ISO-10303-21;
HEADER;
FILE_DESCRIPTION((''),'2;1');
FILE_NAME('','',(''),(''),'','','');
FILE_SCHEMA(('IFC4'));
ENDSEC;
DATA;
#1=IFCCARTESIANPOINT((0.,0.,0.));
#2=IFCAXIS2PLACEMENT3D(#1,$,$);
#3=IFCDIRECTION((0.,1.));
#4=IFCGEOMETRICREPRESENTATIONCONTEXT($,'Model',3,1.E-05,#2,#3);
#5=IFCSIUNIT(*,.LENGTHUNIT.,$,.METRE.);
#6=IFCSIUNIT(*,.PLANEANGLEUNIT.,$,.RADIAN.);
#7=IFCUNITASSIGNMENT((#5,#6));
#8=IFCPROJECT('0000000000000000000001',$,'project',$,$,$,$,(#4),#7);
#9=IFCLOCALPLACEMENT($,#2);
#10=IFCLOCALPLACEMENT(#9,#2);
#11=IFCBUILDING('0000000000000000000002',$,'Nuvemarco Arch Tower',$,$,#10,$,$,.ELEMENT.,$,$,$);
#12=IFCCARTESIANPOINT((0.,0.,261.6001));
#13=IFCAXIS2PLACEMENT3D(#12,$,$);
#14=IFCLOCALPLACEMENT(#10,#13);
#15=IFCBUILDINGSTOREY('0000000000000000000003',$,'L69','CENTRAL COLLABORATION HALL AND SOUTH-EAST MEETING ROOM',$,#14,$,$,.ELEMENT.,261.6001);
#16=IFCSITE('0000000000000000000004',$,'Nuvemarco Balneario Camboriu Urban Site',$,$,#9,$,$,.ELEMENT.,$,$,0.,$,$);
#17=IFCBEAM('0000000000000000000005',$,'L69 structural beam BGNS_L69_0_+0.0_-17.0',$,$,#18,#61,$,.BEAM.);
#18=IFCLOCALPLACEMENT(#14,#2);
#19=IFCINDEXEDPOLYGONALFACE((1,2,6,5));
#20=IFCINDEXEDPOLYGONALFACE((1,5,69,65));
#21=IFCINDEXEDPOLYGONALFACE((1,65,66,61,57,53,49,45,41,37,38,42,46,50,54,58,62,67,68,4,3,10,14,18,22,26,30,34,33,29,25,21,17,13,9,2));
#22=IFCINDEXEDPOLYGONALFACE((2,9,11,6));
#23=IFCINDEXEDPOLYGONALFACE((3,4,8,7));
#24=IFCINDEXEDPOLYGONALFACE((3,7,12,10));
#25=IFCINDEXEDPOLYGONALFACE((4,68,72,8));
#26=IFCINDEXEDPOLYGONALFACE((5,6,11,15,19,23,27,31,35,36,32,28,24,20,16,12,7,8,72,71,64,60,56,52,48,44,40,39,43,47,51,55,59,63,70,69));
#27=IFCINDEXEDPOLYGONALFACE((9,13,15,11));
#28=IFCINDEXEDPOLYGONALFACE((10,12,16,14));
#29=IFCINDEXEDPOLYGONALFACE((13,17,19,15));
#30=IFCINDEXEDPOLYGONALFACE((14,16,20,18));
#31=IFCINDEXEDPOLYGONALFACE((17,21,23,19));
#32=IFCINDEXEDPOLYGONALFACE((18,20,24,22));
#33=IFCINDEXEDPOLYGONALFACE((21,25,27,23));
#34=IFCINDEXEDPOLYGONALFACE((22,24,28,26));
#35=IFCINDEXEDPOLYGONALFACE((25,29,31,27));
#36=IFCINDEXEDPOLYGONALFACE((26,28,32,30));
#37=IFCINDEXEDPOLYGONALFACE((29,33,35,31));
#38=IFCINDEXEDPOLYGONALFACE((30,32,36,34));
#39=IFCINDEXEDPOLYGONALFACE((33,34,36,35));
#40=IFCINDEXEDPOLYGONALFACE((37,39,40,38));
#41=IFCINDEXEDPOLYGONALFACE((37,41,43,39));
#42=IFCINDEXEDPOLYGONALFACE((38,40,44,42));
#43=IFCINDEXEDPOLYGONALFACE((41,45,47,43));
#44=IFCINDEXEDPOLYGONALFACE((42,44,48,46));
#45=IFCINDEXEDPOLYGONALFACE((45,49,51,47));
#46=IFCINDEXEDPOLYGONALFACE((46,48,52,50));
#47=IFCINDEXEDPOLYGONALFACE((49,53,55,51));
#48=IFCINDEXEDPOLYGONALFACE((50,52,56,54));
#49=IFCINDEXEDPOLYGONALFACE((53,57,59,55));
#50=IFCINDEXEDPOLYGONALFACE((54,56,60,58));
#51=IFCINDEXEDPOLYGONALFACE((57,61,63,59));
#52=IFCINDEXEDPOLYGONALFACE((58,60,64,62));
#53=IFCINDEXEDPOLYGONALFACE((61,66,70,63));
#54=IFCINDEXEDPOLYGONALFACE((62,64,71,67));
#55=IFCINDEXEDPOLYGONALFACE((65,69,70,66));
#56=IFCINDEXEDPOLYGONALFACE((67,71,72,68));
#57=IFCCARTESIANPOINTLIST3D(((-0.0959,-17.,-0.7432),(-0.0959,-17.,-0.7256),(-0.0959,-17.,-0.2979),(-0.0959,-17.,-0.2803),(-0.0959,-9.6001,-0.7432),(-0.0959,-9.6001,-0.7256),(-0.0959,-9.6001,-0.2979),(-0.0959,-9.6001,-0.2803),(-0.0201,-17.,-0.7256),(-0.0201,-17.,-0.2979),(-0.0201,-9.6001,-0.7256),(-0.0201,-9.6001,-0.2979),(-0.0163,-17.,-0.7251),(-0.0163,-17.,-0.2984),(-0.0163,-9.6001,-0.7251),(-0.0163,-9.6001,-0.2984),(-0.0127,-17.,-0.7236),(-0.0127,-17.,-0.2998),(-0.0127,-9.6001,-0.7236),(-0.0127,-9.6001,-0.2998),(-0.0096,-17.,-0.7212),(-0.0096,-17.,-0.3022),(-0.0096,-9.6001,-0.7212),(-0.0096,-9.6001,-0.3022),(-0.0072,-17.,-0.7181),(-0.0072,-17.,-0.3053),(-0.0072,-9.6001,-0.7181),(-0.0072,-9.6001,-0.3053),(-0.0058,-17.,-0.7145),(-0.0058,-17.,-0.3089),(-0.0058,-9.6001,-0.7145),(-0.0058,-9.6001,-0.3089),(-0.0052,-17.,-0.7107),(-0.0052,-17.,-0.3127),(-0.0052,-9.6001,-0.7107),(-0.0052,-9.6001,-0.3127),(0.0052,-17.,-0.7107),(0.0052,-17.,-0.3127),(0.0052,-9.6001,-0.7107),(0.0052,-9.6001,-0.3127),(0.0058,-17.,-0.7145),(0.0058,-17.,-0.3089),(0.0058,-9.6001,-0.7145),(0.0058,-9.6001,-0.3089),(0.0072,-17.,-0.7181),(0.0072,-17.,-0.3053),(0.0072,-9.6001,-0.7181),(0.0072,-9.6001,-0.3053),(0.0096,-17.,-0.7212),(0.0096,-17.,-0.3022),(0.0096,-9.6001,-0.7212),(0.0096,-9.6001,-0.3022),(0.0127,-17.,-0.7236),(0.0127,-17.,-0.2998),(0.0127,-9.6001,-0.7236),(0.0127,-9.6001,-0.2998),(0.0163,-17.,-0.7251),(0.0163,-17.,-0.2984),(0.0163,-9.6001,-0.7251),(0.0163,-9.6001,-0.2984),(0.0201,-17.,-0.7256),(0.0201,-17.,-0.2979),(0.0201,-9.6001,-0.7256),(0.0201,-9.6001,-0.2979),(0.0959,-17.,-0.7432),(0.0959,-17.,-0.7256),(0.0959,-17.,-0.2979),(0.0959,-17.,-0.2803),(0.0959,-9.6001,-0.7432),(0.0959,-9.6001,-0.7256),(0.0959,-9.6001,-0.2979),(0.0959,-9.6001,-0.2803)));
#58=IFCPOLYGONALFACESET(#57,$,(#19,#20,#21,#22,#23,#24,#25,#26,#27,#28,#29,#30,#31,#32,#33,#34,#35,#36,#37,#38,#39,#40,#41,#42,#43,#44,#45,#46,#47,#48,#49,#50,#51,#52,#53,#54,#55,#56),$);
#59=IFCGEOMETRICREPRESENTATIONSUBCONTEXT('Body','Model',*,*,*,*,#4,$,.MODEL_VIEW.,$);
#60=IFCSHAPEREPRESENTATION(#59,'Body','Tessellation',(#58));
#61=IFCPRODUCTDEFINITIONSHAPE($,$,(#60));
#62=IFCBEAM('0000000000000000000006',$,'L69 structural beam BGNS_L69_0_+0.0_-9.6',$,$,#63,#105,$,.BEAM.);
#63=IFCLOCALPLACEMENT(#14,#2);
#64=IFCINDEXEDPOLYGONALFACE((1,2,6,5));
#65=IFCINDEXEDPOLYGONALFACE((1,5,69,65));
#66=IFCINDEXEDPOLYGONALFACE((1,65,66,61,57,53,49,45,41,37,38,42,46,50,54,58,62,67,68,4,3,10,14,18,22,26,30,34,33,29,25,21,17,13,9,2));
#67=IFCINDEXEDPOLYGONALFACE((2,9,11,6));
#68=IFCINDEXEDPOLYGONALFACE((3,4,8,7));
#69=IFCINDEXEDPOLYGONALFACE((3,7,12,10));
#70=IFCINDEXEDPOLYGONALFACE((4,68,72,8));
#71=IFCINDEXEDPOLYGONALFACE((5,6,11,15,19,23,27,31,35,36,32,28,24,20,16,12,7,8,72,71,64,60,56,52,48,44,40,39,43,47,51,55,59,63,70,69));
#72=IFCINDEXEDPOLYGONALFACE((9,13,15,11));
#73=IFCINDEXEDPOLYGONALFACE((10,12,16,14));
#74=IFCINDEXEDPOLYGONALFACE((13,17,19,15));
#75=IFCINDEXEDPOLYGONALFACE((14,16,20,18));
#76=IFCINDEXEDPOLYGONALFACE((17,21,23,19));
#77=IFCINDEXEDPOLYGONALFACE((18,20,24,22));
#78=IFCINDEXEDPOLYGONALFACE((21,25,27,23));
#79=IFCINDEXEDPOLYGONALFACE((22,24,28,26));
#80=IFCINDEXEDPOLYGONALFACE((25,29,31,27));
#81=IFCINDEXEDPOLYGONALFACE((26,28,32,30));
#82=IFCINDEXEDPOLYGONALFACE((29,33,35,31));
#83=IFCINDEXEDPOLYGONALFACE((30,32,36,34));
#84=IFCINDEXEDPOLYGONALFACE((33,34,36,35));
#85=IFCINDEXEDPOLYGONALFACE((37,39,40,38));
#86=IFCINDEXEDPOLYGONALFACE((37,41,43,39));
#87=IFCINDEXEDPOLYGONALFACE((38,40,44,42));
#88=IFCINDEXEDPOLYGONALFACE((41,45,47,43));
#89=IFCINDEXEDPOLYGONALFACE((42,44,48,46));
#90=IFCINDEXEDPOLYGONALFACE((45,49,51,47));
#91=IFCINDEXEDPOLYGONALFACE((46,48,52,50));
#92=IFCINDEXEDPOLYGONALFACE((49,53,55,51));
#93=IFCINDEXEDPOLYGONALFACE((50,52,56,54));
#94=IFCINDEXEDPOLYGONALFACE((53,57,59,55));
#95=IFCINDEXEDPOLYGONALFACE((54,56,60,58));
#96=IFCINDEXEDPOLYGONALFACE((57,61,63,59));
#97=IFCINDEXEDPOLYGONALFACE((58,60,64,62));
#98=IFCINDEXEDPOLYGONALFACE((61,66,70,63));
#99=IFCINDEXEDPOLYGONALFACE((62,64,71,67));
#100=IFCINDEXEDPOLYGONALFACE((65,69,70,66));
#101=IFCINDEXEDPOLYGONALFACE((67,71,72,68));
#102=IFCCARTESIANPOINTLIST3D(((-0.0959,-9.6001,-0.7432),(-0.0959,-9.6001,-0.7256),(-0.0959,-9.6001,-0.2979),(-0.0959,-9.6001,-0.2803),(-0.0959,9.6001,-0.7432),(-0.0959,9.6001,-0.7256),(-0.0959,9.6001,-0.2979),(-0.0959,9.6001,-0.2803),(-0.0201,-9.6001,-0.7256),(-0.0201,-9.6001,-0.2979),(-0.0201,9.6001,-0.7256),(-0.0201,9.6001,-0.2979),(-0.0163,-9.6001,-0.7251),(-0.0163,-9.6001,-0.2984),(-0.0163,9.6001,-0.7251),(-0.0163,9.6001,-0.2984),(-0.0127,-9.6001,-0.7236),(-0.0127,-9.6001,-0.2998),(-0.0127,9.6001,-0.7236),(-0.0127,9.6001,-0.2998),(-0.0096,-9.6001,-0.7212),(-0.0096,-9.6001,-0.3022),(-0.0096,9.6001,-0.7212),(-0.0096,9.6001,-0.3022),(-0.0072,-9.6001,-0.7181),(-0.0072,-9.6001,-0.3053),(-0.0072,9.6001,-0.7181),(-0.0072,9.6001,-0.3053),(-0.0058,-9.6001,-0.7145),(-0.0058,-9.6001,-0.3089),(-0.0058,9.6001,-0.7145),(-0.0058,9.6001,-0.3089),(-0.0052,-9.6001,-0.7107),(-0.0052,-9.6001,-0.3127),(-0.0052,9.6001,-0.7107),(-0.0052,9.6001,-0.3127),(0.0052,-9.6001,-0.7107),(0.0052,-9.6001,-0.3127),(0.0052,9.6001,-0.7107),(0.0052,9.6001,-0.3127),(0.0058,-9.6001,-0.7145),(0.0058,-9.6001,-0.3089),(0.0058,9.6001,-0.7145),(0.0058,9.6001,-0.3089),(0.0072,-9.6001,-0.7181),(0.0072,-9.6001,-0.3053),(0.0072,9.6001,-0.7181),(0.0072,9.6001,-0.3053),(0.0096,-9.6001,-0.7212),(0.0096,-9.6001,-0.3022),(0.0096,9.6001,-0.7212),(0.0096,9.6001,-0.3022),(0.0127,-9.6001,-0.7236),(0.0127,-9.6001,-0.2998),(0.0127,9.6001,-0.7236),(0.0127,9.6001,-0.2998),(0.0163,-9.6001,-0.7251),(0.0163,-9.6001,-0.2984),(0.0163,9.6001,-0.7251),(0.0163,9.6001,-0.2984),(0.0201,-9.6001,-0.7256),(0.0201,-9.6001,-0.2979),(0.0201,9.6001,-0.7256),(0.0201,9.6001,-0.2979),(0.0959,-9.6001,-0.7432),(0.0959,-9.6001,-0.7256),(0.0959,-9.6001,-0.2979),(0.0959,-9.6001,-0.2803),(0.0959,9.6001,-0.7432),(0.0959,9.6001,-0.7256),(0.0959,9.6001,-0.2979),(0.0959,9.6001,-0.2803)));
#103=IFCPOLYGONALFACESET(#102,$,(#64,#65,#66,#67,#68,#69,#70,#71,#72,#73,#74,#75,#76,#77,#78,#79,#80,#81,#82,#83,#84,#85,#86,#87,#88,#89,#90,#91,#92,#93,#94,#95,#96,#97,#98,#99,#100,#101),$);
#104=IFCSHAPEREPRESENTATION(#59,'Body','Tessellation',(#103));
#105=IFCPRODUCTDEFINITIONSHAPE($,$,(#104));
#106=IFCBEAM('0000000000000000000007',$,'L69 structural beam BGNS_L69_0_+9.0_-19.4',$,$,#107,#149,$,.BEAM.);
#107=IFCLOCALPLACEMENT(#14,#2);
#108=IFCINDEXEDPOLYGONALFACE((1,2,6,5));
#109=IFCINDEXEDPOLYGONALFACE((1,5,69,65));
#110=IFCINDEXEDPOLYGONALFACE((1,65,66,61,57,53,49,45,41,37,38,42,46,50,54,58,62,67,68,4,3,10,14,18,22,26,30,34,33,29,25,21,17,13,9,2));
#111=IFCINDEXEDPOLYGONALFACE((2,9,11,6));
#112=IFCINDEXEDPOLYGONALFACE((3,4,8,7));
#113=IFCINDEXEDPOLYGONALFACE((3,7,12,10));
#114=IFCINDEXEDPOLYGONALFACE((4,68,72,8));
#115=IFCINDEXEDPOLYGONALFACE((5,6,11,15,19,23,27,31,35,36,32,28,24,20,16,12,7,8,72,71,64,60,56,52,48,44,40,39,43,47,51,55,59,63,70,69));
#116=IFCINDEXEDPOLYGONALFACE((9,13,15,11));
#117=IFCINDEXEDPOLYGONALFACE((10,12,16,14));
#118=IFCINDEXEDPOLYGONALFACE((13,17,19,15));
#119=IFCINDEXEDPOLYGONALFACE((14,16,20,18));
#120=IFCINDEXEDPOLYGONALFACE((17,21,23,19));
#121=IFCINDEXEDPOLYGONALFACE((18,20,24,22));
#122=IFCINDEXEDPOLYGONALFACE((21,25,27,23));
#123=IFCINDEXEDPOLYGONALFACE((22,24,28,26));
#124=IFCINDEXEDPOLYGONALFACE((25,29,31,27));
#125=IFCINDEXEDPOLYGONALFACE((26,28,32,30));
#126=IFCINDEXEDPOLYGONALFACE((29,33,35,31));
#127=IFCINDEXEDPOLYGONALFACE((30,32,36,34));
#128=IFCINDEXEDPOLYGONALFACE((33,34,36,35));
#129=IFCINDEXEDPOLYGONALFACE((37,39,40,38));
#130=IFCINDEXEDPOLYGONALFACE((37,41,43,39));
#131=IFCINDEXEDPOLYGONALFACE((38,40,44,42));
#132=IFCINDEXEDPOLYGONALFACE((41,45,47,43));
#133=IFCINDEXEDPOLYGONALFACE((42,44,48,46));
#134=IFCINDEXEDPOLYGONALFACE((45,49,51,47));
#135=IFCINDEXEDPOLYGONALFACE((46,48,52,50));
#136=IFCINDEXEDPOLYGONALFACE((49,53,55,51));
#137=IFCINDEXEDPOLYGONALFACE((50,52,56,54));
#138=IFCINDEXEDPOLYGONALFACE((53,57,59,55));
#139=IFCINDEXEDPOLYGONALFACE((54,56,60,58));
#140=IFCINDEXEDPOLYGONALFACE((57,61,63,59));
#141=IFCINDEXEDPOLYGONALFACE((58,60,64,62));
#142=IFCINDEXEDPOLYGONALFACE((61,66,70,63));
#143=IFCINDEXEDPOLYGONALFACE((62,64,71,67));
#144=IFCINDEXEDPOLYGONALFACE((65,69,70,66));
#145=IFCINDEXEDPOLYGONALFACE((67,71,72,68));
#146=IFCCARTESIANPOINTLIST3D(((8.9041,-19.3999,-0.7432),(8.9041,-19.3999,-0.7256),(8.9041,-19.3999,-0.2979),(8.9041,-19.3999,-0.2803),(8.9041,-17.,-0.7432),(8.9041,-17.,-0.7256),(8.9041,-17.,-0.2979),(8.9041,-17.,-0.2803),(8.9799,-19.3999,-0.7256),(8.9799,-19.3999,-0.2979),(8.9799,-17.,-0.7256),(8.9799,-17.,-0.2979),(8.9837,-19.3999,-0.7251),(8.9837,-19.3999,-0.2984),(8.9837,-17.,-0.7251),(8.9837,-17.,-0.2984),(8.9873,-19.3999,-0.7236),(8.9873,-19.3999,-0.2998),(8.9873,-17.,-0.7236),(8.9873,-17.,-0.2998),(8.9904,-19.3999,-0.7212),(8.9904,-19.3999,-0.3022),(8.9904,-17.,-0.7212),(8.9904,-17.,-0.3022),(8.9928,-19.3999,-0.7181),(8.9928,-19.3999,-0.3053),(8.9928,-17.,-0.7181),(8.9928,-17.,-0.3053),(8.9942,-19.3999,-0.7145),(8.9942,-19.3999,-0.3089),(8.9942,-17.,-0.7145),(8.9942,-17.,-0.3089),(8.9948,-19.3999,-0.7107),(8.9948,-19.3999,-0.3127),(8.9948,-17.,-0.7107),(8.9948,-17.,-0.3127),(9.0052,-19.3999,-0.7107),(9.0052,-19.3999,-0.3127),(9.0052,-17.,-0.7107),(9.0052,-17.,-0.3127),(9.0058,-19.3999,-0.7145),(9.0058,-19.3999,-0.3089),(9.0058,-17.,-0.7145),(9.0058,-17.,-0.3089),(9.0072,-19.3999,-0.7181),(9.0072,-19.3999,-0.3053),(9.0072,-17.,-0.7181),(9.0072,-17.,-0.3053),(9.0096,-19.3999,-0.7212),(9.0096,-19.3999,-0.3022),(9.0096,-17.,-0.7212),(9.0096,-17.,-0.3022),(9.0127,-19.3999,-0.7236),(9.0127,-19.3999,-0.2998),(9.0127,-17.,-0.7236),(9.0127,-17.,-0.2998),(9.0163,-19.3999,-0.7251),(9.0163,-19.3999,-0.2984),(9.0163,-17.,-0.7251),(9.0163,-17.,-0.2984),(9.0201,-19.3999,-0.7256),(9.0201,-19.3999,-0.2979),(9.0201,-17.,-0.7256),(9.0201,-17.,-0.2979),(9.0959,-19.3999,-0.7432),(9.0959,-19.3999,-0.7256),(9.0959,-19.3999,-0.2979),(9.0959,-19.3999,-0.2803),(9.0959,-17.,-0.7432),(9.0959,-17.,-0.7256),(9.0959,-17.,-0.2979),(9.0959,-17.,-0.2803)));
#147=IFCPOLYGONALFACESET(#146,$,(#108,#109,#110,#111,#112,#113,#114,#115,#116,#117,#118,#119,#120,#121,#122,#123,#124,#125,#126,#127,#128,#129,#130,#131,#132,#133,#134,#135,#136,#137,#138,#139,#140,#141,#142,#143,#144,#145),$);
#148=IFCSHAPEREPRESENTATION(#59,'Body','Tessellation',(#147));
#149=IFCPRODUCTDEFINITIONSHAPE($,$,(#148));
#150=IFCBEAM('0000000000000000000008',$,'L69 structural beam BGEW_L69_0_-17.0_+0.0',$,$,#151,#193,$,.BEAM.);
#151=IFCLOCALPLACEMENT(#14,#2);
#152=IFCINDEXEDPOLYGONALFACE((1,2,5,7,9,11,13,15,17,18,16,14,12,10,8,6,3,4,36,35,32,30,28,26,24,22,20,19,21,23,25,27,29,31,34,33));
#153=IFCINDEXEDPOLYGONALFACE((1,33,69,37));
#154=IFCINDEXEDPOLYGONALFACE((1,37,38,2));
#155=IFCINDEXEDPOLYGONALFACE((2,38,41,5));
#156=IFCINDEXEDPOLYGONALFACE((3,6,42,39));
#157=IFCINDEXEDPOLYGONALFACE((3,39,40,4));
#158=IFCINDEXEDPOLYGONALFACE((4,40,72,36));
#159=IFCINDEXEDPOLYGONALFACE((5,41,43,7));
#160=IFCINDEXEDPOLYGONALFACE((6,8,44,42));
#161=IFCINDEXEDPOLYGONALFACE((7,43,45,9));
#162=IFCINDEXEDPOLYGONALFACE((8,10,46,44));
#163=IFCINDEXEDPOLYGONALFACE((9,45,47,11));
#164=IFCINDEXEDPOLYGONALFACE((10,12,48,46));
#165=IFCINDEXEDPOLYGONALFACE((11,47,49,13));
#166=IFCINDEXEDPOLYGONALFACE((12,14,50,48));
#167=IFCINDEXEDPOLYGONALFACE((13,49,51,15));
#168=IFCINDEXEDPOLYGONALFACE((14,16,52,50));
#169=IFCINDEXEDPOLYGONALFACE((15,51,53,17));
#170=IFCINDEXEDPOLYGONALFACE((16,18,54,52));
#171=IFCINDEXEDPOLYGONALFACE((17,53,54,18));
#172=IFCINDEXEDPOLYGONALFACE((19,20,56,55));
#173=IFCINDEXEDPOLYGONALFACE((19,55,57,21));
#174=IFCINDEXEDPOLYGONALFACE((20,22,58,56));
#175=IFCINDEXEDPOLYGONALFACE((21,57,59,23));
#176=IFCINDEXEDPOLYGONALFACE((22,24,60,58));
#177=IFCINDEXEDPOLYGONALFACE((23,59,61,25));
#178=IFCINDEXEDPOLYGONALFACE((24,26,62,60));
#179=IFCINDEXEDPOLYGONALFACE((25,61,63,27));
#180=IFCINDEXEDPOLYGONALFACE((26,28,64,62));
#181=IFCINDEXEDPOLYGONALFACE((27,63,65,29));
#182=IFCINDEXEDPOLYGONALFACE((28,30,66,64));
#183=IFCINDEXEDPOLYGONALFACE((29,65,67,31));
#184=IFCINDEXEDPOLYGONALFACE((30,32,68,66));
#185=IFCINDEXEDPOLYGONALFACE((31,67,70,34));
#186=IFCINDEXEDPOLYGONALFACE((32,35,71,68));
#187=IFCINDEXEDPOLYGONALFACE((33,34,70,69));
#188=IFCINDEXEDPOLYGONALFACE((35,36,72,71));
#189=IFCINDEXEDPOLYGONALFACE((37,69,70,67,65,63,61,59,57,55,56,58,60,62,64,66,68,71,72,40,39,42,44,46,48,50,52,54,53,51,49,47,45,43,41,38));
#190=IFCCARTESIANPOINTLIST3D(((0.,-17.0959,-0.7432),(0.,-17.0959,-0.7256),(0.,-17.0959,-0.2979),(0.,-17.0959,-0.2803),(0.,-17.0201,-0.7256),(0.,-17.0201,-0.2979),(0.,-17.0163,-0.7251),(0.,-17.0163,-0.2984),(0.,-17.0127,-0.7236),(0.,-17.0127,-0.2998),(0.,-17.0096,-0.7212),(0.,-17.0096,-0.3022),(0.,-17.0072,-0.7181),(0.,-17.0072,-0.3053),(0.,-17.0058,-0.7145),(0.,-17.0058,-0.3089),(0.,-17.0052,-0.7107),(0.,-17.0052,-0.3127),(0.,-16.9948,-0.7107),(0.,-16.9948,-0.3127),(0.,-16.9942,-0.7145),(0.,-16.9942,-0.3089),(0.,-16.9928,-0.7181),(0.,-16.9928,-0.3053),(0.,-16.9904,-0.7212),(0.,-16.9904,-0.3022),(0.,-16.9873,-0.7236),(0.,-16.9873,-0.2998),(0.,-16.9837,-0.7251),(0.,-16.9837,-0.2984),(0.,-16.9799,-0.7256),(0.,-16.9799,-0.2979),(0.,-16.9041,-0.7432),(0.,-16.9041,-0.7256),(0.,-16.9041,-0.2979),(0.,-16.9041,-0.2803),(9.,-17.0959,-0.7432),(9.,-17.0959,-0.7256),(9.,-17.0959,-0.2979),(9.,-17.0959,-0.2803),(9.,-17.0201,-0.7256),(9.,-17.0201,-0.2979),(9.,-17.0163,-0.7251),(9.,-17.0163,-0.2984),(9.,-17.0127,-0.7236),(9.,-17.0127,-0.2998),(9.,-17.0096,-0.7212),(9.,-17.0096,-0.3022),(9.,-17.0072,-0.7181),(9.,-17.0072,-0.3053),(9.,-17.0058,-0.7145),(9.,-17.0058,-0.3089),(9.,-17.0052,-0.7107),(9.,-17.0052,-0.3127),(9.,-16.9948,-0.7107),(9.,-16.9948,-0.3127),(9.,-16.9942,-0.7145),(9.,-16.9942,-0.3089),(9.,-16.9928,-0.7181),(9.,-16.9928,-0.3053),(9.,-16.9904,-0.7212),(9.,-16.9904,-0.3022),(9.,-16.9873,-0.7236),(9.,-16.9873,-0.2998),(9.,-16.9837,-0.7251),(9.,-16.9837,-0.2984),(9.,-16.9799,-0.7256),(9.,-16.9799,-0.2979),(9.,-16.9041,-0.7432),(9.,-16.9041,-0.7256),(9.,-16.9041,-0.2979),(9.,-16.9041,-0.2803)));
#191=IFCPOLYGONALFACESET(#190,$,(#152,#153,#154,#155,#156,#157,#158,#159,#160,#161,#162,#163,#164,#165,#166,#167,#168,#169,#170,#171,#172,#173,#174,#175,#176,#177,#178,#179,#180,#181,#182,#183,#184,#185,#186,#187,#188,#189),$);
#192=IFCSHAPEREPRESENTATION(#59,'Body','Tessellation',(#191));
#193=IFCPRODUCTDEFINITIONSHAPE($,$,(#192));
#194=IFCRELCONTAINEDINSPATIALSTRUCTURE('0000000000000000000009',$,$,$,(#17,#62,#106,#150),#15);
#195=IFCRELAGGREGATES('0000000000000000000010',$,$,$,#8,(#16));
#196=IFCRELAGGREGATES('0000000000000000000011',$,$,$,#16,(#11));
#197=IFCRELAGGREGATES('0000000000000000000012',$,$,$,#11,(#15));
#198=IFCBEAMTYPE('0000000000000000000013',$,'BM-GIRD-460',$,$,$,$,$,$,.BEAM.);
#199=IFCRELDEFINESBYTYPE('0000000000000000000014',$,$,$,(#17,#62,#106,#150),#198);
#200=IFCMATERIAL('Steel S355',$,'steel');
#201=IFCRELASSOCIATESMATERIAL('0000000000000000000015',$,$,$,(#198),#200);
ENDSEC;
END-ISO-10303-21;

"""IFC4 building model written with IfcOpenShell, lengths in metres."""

from ifc_helpers import new_model, si_unit, direction, frame, origin, origin_2d, place, context, subcontext, project, spatial, i_section, extrude, material, material_profile, profile_set, type_object, element, save


model = new_model("IFC4")

# Units and contexts
model_context = context("Model", 3, precision=1e-05, world=origin(), true_north=direction((0.0, 1.0)))
body_context = subcontext(model_context, "Body", "Model", "MODEL_VIEW")
ifc_project = project(units=[si_unit("LENGTHUNIT", "METRE"), si_unit("PLANEANGLEUNIT", "RADIAN")], contexts=[model_context])

# Site, building, storey
site_placement = place(None, origin())
site = spatial("IfcSite", under=ifc_project, at=site_placement, Name="Nuvemarco Balneario Camboriu Urban Site", CompositionType="ELEMENT", RefElevation=0.0)
building_placement = place(site_placement, origin())
building = spatial("IfcBuilding", under=site, at=building_placement, Name="Nuvemarco Arch Tower", CompositionType="ELEMENT")
storey_placement = place(building_placement, frame((0.0, 0.0, 261.6001)))
storey = spatial("IfcBuildingStorey", under=building, at=storey_placement, Name="L69", Description="CENTRAL COLLABORATION HALL AND SOUTH-EAST MEETING ROOM", CompositionType="ELEMENT", Elevation=261.6001)

# Shared definitions
ifc_material_1 = material(Name="Steel S355", Category="steel")

# Beams
ifc_material_profile_1 = material_profile(ifc_material_1, i_section(OverallWidth=0.1919, OverallDepth=0.4629, WebThickness=0.0105, FlangeThickness=0.0176, FilletRadius=0.0149, at=origin_2d()), Name="W460x89")
ifc_profile_set_1 = profile_set([ifc_material_profile_1], Name="Steel S355")
beam_type_1 = type_object("IfcBeamType", Name="BM-GIRD-460", PredefinedType="BEAM", material=ifc_profile_set_1)
beam_1_placement = place(storey_placement, frame((0.0, -17.0, -0.5117), z_axis=(0.0, 1.0, 0.0), x_axis=(-1.0, 0.0, 0.0)))
element("IfcBeam", 1, at=beam_1_placement, inside=storey, type_object=beam_type_1, Name="L69 structural beam BGNS_L69_0_+0.0_-17.0", PredefinedType="BEAM", context=body_context, shape_type="SweptSolid", body=[
    extrude(i_section(OverallWidth=0.1919, OverallDepth=0.4629, WebThickness=0.0105, FlangeThickness=0.0176, FilletRadius=0.0149, at=origin_2d()), origin(), (0.0, 0.0, 1.0), 7.3999),
])
beam_2_placement = place(storey_placement, frame((0.0, -9.6001, -0.5117), z_axis=(0.0, 1.0, 0.0), x_axis=(-1.0, 0.0, 0.0)))
element("IfcBeam", 2, at=beam_2_placement, inside=storey, type_object=beam_type_1, Name="L69 structural beam BGNS_L69_0_+0.0_-9.6", PredefinedType="BEAM", context=body_context, shape_type="SweptSolid", body=[
    extrude(i_section(OverallWidth=0.1919, OverallDepth=0.4629, WebThickness=0.0105, FlangeThickness=0.0176, FilletRadius=0.0149, at=origin_2d()), origin(), (0.0, 0.0, 1.0), 19.2002),
])
beam_3_placement = place(storey_placement, frame((9.0, -19.3999, -0.5117), z_axis=(0.0, 1.0, 0.0), x_axis=(-1.0, 0.0, 0.0)))
element("IfcBeam", 3, at=beam_3_placement, inside=storey, type_object=beam_type_1, Name="L69 structural beam BGNS_L69_0_+9.0_-19.4", PredefinedType="BEAM", context=body_context, shape_type="SweptSolid", body=[
    extrude(i_section(OverallWidth=0.1919, OverallDepth=0.4629, WebThickness=0.0105, FlangeThickness=0.0176, FilletRadius=0.0149, at=origin_2d()), origin(), (0.0, 0.0, 1.0), 2.3999),
])
beam_4_placement = place(storey_placement, frame((0.0, -17.0, -0.5117), z_axis=(1.0, 0.0, 0.0), x_axis=(0.0, 1.0, 0.0)))
element("IfcBeam", 4, at=beam_4_placement, inside=storey, type_object=beam_type_1, Name="L69 structural beam BGEW_L69_0_-17.0_+0.0", PredefinedType="BEAM", context=body_context, shape_type="SweptSolid", body=[
    extrude(i_section(OverallWidth=0.1919, OverallDepth=0.4629, WebThickness=0.0105, FlangeThickness=0.0176, FilletRadius=0.0149, at=origin_2d()), origin(), (0.0, 0.0, 1.0), 9.0),
])

save(model, "model.ifc")
